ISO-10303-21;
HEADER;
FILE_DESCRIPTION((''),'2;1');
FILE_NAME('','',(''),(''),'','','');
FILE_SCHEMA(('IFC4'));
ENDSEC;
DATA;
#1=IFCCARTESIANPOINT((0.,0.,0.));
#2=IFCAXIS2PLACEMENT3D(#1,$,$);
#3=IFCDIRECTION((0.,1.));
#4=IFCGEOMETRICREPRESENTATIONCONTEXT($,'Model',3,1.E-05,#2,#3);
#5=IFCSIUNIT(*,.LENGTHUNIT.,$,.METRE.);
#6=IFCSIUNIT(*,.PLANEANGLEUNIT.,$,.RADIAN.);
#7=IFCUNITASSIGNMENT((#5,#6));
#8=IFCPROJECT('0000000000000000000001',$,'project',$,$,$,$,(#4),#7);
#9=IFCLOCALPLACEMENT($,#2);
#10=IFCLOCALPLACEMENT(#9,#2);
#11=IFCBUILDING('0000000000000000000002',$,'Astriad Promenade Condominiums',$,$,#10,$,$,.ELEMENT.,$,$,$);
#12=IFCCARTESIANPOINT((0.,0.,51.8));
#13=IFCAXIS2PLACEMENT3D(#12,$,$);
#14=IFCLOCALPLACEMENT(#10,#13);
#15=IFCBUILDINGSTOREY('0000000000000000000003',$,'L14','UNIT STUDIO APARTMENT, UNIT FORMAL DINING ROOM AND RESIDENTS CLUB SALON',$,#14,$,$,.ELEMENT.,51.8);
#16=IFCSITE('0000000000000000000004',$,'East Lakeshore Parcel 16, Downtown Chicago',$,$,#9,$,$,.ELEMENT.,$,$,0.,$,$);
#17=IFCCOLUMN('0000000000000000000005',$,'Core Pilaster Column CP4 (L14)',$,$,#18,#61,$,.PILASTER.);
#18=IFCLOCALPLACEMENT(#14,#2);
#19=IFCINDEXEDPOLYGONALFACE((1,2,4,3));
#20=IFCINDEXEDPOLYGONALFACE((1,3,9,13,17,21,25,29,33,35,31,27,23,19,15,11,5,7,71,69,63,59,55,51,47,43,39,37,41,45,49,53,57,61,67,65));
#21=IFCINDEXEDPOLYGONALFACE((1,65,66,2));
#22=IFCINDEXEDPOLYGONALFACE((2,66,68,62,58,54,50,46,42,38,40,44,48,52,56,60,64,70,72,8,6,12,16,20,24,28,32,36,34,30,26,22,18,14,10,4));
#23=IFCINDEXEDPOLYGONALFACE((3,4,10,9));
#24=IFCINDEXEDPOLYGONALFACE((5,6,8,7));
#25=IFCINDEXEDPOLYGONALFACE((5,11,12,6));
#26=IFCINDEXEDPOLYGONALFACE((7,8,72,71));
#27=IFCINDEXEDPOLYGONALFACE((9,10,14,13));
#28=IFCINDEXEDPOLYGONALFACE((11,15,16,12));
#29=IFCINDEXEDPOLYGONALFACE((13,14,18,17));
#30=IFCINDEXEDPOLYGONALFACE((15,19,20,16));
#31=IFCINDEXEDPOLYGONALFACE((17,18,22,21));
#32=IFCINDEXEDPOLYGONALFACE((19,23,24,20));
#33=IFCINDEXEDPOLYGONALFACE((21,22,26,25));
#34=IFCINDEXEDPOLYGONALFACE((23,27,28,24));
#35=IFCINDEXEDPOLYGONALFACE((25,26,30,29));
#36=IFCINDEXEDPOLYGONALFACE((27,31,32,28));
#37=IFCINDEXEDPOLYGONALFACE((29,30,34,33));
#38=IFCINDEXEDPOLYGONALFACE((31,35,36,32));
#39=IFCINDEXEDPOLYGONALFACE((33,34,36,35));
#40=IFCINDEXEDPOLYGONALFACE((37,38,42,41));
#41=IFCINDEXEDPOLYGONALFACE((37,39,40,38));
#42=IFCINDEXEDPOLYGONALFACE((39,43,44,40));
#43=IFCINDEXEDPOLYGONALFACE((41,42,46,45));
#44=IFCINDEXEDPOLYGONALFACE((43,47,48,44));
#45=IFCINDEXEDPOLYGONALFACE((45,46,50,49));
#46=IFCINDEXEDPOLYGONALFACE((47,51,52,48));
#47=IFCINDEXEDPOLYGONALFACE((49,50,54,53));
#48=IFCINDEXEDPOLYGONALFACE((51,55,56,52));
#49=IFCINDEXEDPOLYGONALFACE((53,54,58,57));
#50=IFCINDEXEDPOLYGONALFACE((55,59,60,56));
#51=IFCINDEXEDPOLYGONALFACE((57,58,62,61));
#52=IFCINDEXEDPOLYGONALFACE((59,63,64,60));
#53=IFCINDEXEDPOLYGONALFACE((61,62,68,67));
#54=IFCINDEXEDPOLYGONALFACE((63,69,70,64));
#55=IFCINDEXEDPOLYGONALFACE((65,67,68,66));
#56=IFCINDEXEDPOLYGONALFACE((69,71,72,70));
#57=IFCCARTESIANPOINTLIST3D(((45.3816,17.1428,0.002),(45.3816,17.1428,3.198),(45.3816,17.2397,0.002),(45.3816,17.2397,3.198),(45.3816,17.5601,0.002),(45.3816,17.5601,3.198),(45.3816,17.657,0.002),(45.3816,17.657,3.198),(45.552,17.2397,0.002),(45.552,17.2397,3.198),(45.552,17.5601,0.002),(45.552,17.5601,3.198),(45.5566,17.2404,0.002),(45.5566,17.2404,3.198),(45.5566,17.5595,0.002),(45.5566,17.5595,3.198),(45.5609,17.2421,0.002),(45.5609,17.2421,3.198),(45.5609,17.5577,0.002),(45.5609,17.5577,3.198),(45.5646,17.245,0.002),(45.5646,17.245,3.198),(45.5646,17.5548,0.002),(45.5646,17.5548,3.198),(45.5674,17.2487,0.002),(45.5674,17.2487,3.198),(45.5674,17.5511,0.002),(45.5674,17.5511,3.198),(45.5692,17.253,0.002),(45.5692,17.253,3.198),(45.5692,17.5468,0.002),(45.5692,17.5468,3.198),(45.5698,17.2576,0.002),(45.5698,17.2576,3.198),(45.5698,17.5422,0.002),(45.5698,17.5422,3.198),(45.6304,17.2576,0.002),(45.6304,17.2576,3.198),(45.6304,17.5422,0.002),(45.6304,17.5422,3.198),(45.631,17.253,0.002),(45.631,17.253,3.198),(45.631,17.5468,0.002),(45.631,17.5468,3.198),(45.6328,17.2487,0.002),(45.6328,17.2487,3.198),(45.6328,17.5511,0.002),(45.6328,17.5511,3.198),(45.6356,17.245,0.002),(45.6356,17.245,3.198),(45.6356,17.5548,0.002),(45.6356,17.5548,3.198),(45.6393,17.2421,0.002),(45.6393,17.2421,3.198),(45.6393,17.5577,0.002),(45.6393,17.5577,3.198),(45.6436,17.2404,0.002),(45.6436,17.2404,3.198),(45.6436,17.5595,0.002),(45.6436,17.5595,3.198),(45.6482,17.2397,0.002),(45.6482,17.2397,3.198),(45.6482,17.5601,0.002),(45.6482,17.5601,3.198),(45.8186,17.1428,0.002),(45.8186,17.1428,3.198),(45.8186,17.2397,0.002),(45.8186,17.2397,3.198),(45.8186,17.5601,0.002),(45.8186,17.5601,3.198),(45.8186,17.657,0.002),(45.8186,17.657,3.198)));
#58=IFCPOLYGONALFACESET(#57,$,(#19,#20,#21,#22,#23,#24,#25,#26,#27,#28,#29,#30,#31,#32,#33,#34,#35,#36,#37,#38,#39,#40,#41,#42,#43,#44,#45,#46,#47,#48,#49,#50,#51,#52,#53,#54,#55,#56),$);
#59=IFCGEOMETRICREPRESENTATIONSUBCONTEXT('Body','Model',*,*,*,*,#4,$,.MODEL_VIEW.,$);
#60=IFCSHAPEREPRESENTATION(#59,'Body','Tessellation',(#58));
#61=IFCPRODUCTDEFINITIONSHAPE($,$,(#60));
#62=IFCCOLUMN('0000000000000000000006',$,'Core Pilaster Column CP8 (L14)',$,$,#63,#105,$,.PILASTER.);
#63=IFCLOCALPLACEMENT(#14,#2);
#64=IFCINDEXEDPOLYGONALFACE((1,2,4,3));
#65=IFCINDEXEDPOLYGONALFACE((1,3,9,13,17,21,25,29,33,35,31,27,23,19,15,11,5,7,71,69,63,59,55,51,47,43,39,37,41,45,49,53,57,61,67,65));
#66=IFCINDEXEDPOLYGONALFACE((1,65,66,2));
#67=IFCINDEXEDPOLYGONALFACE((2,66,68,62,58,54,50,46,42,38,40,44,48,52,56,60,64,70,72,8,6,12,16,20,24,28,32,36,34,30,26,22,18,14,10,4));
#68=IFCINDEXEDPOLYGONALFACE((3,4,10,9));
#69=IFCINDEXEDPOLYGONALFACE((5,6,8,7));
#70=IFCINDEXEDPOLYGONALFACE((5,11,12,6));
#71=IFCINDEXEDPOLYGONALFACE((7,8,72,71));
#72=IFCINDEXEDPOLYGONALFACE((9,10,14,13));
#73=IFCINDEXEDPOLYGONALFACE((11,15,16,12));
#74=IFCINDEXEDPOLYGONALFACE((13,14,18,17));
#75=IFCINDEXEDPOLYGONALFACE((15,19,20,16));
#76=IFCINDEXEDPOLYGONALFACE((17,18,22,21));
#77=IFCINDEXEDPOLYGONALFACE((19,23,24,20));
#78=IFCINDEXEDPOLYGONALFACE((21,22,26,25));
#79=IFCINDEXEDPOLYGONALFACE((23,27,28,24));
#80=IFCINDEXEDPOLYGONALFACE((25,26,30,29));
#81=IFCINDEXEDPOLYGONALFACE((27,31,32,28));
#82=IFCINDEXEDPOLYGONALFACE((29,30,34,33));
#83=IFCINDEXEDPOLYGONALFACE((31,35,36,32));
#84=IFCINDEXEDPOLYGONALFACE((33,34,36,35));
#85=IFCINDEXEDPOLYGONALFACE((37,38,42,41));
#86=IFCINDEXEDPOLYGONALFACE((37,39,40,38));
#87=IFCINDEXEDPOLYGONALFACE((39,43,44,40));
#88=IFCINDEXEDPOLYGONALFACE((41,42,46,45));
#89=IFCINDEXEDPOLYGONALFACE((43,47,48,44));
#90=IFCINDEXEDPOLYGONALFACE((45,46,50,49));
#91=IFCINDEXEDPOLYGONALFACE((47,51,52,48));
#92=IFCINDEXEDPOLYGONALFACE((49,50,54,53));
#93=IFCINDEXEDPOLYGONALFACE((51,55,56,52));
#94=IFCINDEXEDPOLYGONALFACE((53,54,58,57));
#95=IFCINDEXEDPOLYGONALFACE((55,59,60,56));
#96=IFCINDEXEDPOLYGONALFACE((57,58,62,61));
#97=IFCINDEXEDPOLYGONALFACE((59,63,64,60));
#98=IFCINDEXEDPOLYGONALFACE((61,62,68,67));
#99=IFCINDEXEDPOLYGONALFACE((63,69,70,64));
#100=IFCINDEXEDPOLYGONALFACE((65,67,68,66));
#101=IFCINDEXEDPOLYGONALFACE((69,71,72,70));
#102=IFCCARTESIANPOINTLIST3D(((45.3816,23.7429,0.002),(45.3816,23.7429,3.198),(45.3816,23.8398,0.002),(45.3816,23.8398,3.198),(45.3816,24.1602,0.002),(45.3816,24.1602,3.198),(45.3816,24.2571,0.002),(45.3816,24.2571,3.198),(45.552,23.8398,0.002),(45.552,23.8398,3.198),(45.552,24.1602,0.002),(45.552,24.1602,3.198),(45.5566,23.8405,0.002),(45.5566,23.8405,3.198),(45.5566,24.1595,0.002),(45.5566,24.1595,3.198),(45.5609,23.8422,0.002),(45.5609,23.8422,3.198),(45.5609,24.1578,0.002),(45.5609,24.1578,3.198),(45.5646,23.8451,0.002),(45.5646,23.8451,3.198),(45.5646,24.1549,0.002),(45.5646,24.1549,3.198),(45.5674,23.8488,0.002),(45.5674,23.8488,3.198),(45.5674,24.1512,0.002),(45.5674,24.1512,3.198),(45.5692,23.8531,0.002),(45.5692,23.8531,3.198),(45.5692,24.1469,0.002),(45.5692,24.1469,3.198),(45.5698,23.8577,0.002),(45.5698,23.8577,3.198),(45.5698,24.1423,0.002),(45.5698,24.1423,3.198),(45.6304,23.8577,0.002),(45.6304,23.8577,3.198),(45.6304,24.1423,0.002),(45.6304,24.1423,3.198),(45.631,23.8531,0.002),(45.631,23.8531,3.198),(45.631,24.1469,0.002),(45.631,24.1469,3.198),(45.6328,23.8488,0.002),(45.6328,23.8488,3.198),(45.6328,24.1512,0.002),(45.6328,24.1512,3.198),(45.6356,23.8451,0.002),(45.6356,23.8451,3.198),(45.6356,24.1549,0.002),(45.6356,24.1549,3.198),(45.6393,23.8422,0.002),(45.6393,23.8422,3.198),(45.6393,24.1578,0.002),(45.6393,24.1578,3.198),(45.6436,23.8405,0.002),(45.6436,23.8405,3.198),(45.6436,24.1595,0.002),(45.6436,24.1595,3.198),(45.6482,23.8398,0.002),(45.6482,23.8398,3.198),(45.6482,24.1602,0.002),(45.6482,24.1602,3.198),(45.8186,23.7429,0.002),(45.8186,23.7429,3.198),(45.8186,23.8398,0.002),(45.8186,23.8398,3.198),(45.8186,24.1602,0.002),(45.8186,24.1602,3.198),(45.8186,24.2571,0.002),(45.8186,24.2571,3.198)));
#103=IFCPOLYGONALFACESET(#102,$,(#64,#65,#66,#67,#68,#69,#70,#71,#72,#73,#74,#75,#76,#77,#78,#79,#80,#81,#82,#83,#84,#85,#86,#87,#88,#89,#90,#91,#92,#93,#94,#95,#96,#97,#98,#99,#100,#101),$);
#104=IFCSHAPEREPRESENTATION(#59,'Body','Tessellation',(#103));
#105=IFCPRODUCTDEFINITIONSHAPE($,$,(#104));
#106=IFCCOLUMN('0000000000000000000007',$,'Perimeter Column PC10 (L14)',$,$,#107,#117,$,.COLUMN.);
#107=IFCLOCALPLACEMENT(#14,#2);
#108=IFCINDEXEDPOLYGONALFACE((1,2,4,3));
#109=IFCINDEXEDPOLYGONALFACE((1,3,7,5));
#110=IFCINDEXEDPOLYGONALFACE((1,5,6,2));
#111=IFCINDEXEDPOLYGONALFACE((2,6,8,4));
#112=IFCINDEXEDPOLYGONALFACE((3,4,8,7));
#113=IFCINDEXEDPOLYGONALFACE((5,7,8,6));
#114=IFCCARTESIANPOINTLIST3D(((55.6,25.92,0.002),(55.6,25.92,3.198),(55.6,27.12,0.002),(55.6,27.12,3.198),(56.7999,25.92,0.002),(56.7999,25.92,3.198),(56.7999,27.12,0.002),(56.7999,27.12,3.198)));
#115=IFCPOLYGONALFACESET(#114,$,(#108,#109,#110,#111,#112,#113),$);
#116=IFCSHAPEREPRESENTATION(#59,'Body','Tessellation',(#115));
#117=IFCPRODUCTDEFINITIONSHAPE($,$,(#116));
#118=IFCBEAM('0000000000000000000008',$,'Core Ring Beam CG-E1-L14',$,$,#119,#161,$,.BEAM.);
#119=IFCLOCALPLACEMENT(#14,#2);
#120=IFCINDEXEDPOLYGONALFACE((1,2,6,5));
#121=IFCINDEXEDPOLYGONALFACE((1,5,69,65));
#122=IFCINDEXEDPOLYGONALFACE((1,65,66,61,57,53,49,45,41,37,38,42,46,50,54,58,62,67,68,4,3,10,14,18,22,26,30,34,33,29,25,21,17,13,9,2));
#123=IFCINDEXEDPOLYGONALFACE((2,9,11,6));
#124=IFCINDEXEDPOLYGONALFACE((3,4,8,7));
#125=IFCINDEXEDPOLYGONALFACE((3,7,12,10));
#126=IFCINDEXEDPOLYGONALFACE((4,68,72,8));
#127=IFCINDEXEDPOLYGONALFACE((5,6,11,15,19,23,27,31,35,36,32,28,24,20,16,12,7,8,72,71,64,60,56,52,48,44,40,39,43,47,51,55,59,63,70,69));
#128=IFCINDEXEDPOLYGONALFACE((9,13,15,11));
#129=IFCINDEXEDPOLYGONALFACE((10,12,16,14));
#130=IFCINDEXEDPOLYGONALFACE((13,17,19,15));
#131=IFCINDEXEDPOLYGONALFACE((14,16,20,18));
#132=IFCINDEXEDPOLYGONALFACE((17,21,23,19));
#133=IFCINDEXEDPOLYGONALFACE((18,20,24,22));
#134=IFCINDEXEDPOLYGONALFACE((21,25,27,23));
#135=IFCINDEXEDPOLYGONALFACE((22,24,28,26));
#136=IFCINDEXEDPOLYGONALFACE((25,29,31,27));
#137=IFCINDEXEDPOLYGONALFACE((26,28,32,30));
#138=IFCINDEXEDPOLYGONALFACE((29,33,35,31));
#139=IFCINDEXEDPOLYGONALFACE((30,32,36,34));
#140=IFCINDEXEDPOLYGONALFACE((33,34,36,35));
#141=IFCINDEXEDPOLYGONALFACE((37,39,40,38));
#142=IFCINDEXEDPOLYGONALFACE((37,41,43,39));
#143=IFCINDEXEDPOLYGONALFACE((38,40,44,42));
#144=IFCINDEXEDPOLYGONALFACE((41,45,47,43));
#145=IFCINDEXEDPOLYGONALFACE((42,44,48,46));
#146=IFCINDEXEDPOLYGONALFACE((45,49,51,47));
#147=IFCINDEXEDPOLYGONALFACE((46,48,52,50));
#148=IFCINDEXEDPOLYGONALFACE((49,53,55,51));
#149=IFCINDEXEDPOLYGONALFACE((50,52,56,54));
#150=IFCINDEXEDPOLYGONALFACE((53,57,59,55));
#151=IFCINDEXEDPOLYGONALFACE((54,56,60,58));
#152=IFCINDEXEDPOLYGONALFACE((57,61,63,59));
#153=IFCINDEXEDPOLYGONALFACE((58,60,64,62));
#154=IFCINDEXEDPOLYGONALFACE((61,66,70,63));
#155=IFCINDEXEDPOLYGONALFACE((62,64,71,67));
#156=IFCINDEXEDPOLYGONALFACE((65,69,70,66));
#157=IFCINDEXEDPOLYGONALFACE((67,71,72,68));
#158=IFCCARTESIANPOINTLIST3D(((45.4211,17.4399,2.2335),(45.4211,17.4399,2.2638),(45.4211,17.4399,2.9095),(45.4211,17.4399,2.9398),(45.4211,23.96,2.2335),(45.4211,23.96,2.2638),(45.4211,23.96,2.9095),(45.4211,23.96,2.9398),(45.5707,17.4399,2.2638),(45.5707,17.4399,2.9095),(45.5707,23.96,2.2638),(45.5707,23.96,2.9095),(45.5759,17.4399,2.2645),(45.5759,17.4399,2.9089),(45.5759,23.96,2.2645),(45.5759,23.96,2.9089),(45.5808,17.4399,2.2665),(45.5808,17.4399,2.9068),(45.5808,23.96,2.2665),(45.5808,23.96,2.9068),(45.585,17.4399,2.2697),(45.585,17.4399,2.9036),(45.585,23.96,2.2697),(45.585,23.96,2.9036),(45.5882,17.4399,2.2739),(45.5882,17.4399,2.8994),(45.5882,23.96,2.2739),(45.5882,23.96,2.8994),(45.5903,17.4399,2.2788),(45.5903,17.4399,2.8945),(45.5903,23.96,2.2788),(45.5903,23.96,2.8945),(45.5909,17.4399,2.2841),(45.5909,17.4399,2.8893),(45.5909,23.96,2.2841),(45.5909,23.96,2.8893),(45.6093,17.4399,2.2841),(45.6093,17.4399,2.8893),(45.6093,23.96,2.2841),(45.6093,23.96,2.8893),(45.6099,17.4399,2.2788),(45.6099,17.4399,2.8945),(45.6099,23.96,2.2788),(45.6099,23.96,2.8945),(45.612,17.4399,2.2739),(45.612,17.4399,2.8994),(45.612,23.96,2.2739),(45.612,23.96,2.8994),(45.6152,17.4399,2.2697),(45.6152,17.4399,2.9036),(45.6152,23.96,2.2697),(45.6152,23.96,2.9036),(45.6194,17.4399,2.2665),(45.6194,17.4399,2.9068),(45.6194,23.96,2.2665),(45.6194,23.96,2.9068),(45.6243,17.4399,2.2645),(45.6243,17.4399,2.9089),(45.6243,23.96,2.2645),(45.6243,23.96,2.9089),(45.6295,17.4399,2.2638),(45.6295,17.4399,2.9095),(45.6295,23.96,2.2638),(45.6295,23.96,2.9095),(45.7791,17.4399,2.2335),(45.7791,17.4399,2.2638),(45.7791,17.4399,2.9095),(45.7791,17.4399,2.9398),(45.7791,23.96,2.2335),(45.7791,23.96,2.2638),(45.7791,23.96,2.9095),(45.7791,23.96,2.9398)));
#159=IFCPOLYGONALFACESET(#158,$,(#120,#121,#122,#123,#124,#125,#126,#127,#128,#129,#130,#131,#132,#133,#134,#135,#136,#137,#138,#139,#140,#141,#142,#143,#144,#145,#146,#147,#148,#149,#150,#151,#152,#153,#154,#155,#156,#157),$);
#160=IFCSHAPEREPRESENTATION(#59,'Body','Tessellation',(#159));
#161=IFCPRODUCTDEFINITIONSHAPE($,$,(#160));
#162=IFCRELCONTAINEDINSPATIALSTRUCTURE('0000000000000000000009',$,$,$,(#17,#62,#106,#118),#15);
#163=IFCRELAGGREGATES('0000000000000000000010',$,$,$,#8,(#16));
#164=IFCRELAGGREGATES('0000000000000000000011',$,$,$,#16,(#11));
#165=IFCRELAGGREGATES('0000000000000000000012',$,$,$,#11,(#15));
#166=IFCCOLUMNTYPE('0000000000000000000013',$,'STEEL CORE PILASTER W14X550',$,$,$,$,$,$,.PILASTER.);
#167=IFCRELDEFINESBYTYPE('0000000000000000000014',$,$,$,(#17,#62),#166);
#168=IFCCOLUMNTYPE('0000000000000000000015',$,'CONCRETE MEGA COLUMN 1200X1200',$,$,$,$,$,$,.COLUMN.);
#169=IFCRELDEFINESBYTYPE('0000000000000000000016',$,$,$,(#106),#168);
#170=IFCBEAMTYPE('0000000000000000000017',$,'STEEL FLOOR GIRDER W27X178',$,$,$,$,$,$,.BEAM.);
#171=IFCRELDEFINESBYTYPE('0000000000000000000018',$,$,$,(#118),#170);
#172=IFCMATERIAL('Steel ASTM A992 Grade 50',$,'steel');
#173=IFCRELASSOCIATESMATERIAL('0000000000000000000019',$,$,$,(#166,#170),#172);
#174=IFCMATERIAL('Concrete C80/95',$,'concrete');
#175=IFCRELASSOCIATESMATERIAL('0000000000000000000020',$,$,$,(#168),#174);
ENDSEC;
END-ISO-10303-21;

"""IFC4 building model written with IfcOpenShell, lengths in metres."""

from ifc_helpers import new_model, si_unit, direction, frame, origin, origin_2d, place, context, subcontext, project, spatial, rectangle, i_section, extrude, source, transform, mapped, material, material_profile, profile_set, type_object, type_shapes, element, save


model = new_model("IFC4")

# Units and contexts
model_context = context("Model", 3, precision=1e-05, world=origin(), true_north=direction((0.0, 1.0)))
body_context = subcontext(model_context, "Body", "Model", "MODEL_VIEW")
ifc_project = project(units=[si_unit("LENGTHUNIT", "METRE"), si_unit("PLANEANGLEUNIT", "RADIAN")], contexts=[model_context])

# Site, building, storey
site_placement = place(None, origin())
site = spatial("IfcSite", under=ifc_project, at=site_placement, Name="East Lakeshore Parcel 16, Downtown Chicago", CompositionType="ELEMENT", RefElevation=0.0)
building_placement = place(site_placement, origin())
building = spatial("IfcBuilding", under=site, at=building_placement, Name="Astriad Promenade Condominiums", CompositionType="ELEMENT")
storey_placement = place(building_placement, frame((0.0, 0.0, 51.8)))
storey = spatial("IfcBuildingStorey", under=building, at=storey_placement, Name="L14", Description="UNIT STUDIO APARTMENT, UNIT FORMAL DINING ROOM AND RESIDENTS CLUB SALON", CompositionType="ELEMENT", Elevation=51.8)

# Columns
ifc_material_1 = material(Name="Steel ASTM A992 Grade 50", Category="steel")
ifc_material_profile_1 = material_profile(ifc_material_1, i_section(OverallWidth=0.437, OverallDepth=0.5142, WebThickness=0.0605, FlangeThickness=0.0969, FilletRadius=0.0178, at=origin_2d()), Name="W14X550")
ifc_profile_set_1 = profile_set([ifc_material_profile_1], Name="Steel ASTM A992 Grade 50")
column_type_1 = type_object("IfcColumnType", Name="STEEL CORE PILASTER W14X550", PredefinedType="PILASTER", material=ifc_profile_set_1)
shared_shape_1 = source(origin(), body_context, "Body", "SweptSolid", [
    extrude(i_section(OverallWidth=0.437, OverallDepth=0.5142, WebThickness=0.0605, FlangeThickness=0.0969, FilletRadius=0.0178, at=origin_2d()), origin(), (0.0, 0.0, 1.0), 3.196),
])
type_shapes(column_type_1, [shared_shape_1])
for number, where, z_axis, x_axis, name in (
    (1, (45.6001, 17.3999, 0.002), (0.0, 0.0, 1.0), (1.0, 0.0, 0.0), "Core Pilaster Column CP4 (L14)"),
    (2, (45.6001, 24.0, 0.002), (0.0, 0.0, 1.0), (1.0, 0.0, 0.0), "Core Pilaster Column CP8 (L14)"),
):
    element("IfcColumn", number, at=place(storey_placement, frame(where, z_axis=z_axis, x_axis=x_axis)), inside=storey, type_object=column_type_1, Name=name, PredefinedType="PILASTER", context=body_context, shape_type="MappedRepresentation", body=[
        mapped(shared_shape_1, transform((0.0, 0.0, 0.0), scale=1.0)),
    ])
ifc_material_2 = material(Name="Concrete C80/95", Category="concrete")
ifc_material_profile_2 = material_profile(ifc_material_2, rectangle(XDim=1.2, YDim=1.2, at=origin_2d()), Name="RC-COL-1200X1200")
ifc_profile_set_2 = profile_set([ifc_material_profile_2], Name="Concrete C80/95")
column_type_2 = type_object("IfcColumnType", Name="CONCRETE MEGA COLUMN 1200X1200", PredefinedType="COLUMN", material=ifc_profile_set_2)
shared_shape_2 = source(origin(), body_context, "Body", "SweptSolid", [
    extrude(rectangle(XDim=1.2, YDim=1.2, at=origin_2d()), origin(), (0.0, 0.0, 1.0), 3.196),
])
type_shapes(column_type_2, [shared_shape_2])
column_placement = place(storey_placement, frame((56.2, 26.52, 0.002), z_axis=(0.0, 0.0, 1.0), x_axis=(1.0, 0.0, 0.0)))
element("IfcColumn", 3, at=column_placement, inside=storey, type_object=column_type_2, Name="Perimeter Column PC10 (L14)", PredefinedType="COLUMN", context=body_context, shape_type="MappedRepresentation", body=[
    mapped(shared_shape_2, transform((0.0, 0.0, 0.0), scale=1.0)),
])

# Beam
ifc_material_profile_3 = material_profile(ifc_material_1, i_section(OverallWidth=0.3579, OverallDepth=0.7063, WebThickness=0.0183, FlangeThickness=0.0303, FilletRadius=0.0203, at=origin_2d()), Name="W27X178")
ifc_profile_set_3 = profile_set([ifc_material_profile_3], Name="Steel ASTM A992 Grade 50")
beam_type_1 = type_object("IfcBeamType", Name="STEEL FLOOR GIRDER W27X178", PredefinedType="BEAM", material=ifc_profile_set_3)
shared_shape_3 = source(origin(), body_context, "Body", "SweptSolid", [
    extrude(i_section(OverallWidth=0.3579, OverallDepth=0.7063, WebThickness=0.0183, FlangeThickness=0.0303, FilletRadius=0.0203, at=origin_2d()), origin(), (0.0, 0.0, 1.0), 6.52),
])
type_shapes(beam_type_1, [shared_shape_3])
beam_1_placement = place(storey_placement, frame((45.6001, 17.4399, 2.5867), z_axis=(0.0, 1.0, 0.0), x_axis=(-1.0, 0.0, 0.0)))
element("IfcBeam", 4, at=beam_1_placement, inside=storey, type_object=beam_type_1, Name="Core Ring Beam CG-E1-L14", PredefinedType="BEAM", context=body_context, shape_type="MappedRepresentation", body=[
    mapped(shared_shape_3, transform((0.0, 0.0, 0.0), scale=1.0)),
])

save(model, "model.ifc")
